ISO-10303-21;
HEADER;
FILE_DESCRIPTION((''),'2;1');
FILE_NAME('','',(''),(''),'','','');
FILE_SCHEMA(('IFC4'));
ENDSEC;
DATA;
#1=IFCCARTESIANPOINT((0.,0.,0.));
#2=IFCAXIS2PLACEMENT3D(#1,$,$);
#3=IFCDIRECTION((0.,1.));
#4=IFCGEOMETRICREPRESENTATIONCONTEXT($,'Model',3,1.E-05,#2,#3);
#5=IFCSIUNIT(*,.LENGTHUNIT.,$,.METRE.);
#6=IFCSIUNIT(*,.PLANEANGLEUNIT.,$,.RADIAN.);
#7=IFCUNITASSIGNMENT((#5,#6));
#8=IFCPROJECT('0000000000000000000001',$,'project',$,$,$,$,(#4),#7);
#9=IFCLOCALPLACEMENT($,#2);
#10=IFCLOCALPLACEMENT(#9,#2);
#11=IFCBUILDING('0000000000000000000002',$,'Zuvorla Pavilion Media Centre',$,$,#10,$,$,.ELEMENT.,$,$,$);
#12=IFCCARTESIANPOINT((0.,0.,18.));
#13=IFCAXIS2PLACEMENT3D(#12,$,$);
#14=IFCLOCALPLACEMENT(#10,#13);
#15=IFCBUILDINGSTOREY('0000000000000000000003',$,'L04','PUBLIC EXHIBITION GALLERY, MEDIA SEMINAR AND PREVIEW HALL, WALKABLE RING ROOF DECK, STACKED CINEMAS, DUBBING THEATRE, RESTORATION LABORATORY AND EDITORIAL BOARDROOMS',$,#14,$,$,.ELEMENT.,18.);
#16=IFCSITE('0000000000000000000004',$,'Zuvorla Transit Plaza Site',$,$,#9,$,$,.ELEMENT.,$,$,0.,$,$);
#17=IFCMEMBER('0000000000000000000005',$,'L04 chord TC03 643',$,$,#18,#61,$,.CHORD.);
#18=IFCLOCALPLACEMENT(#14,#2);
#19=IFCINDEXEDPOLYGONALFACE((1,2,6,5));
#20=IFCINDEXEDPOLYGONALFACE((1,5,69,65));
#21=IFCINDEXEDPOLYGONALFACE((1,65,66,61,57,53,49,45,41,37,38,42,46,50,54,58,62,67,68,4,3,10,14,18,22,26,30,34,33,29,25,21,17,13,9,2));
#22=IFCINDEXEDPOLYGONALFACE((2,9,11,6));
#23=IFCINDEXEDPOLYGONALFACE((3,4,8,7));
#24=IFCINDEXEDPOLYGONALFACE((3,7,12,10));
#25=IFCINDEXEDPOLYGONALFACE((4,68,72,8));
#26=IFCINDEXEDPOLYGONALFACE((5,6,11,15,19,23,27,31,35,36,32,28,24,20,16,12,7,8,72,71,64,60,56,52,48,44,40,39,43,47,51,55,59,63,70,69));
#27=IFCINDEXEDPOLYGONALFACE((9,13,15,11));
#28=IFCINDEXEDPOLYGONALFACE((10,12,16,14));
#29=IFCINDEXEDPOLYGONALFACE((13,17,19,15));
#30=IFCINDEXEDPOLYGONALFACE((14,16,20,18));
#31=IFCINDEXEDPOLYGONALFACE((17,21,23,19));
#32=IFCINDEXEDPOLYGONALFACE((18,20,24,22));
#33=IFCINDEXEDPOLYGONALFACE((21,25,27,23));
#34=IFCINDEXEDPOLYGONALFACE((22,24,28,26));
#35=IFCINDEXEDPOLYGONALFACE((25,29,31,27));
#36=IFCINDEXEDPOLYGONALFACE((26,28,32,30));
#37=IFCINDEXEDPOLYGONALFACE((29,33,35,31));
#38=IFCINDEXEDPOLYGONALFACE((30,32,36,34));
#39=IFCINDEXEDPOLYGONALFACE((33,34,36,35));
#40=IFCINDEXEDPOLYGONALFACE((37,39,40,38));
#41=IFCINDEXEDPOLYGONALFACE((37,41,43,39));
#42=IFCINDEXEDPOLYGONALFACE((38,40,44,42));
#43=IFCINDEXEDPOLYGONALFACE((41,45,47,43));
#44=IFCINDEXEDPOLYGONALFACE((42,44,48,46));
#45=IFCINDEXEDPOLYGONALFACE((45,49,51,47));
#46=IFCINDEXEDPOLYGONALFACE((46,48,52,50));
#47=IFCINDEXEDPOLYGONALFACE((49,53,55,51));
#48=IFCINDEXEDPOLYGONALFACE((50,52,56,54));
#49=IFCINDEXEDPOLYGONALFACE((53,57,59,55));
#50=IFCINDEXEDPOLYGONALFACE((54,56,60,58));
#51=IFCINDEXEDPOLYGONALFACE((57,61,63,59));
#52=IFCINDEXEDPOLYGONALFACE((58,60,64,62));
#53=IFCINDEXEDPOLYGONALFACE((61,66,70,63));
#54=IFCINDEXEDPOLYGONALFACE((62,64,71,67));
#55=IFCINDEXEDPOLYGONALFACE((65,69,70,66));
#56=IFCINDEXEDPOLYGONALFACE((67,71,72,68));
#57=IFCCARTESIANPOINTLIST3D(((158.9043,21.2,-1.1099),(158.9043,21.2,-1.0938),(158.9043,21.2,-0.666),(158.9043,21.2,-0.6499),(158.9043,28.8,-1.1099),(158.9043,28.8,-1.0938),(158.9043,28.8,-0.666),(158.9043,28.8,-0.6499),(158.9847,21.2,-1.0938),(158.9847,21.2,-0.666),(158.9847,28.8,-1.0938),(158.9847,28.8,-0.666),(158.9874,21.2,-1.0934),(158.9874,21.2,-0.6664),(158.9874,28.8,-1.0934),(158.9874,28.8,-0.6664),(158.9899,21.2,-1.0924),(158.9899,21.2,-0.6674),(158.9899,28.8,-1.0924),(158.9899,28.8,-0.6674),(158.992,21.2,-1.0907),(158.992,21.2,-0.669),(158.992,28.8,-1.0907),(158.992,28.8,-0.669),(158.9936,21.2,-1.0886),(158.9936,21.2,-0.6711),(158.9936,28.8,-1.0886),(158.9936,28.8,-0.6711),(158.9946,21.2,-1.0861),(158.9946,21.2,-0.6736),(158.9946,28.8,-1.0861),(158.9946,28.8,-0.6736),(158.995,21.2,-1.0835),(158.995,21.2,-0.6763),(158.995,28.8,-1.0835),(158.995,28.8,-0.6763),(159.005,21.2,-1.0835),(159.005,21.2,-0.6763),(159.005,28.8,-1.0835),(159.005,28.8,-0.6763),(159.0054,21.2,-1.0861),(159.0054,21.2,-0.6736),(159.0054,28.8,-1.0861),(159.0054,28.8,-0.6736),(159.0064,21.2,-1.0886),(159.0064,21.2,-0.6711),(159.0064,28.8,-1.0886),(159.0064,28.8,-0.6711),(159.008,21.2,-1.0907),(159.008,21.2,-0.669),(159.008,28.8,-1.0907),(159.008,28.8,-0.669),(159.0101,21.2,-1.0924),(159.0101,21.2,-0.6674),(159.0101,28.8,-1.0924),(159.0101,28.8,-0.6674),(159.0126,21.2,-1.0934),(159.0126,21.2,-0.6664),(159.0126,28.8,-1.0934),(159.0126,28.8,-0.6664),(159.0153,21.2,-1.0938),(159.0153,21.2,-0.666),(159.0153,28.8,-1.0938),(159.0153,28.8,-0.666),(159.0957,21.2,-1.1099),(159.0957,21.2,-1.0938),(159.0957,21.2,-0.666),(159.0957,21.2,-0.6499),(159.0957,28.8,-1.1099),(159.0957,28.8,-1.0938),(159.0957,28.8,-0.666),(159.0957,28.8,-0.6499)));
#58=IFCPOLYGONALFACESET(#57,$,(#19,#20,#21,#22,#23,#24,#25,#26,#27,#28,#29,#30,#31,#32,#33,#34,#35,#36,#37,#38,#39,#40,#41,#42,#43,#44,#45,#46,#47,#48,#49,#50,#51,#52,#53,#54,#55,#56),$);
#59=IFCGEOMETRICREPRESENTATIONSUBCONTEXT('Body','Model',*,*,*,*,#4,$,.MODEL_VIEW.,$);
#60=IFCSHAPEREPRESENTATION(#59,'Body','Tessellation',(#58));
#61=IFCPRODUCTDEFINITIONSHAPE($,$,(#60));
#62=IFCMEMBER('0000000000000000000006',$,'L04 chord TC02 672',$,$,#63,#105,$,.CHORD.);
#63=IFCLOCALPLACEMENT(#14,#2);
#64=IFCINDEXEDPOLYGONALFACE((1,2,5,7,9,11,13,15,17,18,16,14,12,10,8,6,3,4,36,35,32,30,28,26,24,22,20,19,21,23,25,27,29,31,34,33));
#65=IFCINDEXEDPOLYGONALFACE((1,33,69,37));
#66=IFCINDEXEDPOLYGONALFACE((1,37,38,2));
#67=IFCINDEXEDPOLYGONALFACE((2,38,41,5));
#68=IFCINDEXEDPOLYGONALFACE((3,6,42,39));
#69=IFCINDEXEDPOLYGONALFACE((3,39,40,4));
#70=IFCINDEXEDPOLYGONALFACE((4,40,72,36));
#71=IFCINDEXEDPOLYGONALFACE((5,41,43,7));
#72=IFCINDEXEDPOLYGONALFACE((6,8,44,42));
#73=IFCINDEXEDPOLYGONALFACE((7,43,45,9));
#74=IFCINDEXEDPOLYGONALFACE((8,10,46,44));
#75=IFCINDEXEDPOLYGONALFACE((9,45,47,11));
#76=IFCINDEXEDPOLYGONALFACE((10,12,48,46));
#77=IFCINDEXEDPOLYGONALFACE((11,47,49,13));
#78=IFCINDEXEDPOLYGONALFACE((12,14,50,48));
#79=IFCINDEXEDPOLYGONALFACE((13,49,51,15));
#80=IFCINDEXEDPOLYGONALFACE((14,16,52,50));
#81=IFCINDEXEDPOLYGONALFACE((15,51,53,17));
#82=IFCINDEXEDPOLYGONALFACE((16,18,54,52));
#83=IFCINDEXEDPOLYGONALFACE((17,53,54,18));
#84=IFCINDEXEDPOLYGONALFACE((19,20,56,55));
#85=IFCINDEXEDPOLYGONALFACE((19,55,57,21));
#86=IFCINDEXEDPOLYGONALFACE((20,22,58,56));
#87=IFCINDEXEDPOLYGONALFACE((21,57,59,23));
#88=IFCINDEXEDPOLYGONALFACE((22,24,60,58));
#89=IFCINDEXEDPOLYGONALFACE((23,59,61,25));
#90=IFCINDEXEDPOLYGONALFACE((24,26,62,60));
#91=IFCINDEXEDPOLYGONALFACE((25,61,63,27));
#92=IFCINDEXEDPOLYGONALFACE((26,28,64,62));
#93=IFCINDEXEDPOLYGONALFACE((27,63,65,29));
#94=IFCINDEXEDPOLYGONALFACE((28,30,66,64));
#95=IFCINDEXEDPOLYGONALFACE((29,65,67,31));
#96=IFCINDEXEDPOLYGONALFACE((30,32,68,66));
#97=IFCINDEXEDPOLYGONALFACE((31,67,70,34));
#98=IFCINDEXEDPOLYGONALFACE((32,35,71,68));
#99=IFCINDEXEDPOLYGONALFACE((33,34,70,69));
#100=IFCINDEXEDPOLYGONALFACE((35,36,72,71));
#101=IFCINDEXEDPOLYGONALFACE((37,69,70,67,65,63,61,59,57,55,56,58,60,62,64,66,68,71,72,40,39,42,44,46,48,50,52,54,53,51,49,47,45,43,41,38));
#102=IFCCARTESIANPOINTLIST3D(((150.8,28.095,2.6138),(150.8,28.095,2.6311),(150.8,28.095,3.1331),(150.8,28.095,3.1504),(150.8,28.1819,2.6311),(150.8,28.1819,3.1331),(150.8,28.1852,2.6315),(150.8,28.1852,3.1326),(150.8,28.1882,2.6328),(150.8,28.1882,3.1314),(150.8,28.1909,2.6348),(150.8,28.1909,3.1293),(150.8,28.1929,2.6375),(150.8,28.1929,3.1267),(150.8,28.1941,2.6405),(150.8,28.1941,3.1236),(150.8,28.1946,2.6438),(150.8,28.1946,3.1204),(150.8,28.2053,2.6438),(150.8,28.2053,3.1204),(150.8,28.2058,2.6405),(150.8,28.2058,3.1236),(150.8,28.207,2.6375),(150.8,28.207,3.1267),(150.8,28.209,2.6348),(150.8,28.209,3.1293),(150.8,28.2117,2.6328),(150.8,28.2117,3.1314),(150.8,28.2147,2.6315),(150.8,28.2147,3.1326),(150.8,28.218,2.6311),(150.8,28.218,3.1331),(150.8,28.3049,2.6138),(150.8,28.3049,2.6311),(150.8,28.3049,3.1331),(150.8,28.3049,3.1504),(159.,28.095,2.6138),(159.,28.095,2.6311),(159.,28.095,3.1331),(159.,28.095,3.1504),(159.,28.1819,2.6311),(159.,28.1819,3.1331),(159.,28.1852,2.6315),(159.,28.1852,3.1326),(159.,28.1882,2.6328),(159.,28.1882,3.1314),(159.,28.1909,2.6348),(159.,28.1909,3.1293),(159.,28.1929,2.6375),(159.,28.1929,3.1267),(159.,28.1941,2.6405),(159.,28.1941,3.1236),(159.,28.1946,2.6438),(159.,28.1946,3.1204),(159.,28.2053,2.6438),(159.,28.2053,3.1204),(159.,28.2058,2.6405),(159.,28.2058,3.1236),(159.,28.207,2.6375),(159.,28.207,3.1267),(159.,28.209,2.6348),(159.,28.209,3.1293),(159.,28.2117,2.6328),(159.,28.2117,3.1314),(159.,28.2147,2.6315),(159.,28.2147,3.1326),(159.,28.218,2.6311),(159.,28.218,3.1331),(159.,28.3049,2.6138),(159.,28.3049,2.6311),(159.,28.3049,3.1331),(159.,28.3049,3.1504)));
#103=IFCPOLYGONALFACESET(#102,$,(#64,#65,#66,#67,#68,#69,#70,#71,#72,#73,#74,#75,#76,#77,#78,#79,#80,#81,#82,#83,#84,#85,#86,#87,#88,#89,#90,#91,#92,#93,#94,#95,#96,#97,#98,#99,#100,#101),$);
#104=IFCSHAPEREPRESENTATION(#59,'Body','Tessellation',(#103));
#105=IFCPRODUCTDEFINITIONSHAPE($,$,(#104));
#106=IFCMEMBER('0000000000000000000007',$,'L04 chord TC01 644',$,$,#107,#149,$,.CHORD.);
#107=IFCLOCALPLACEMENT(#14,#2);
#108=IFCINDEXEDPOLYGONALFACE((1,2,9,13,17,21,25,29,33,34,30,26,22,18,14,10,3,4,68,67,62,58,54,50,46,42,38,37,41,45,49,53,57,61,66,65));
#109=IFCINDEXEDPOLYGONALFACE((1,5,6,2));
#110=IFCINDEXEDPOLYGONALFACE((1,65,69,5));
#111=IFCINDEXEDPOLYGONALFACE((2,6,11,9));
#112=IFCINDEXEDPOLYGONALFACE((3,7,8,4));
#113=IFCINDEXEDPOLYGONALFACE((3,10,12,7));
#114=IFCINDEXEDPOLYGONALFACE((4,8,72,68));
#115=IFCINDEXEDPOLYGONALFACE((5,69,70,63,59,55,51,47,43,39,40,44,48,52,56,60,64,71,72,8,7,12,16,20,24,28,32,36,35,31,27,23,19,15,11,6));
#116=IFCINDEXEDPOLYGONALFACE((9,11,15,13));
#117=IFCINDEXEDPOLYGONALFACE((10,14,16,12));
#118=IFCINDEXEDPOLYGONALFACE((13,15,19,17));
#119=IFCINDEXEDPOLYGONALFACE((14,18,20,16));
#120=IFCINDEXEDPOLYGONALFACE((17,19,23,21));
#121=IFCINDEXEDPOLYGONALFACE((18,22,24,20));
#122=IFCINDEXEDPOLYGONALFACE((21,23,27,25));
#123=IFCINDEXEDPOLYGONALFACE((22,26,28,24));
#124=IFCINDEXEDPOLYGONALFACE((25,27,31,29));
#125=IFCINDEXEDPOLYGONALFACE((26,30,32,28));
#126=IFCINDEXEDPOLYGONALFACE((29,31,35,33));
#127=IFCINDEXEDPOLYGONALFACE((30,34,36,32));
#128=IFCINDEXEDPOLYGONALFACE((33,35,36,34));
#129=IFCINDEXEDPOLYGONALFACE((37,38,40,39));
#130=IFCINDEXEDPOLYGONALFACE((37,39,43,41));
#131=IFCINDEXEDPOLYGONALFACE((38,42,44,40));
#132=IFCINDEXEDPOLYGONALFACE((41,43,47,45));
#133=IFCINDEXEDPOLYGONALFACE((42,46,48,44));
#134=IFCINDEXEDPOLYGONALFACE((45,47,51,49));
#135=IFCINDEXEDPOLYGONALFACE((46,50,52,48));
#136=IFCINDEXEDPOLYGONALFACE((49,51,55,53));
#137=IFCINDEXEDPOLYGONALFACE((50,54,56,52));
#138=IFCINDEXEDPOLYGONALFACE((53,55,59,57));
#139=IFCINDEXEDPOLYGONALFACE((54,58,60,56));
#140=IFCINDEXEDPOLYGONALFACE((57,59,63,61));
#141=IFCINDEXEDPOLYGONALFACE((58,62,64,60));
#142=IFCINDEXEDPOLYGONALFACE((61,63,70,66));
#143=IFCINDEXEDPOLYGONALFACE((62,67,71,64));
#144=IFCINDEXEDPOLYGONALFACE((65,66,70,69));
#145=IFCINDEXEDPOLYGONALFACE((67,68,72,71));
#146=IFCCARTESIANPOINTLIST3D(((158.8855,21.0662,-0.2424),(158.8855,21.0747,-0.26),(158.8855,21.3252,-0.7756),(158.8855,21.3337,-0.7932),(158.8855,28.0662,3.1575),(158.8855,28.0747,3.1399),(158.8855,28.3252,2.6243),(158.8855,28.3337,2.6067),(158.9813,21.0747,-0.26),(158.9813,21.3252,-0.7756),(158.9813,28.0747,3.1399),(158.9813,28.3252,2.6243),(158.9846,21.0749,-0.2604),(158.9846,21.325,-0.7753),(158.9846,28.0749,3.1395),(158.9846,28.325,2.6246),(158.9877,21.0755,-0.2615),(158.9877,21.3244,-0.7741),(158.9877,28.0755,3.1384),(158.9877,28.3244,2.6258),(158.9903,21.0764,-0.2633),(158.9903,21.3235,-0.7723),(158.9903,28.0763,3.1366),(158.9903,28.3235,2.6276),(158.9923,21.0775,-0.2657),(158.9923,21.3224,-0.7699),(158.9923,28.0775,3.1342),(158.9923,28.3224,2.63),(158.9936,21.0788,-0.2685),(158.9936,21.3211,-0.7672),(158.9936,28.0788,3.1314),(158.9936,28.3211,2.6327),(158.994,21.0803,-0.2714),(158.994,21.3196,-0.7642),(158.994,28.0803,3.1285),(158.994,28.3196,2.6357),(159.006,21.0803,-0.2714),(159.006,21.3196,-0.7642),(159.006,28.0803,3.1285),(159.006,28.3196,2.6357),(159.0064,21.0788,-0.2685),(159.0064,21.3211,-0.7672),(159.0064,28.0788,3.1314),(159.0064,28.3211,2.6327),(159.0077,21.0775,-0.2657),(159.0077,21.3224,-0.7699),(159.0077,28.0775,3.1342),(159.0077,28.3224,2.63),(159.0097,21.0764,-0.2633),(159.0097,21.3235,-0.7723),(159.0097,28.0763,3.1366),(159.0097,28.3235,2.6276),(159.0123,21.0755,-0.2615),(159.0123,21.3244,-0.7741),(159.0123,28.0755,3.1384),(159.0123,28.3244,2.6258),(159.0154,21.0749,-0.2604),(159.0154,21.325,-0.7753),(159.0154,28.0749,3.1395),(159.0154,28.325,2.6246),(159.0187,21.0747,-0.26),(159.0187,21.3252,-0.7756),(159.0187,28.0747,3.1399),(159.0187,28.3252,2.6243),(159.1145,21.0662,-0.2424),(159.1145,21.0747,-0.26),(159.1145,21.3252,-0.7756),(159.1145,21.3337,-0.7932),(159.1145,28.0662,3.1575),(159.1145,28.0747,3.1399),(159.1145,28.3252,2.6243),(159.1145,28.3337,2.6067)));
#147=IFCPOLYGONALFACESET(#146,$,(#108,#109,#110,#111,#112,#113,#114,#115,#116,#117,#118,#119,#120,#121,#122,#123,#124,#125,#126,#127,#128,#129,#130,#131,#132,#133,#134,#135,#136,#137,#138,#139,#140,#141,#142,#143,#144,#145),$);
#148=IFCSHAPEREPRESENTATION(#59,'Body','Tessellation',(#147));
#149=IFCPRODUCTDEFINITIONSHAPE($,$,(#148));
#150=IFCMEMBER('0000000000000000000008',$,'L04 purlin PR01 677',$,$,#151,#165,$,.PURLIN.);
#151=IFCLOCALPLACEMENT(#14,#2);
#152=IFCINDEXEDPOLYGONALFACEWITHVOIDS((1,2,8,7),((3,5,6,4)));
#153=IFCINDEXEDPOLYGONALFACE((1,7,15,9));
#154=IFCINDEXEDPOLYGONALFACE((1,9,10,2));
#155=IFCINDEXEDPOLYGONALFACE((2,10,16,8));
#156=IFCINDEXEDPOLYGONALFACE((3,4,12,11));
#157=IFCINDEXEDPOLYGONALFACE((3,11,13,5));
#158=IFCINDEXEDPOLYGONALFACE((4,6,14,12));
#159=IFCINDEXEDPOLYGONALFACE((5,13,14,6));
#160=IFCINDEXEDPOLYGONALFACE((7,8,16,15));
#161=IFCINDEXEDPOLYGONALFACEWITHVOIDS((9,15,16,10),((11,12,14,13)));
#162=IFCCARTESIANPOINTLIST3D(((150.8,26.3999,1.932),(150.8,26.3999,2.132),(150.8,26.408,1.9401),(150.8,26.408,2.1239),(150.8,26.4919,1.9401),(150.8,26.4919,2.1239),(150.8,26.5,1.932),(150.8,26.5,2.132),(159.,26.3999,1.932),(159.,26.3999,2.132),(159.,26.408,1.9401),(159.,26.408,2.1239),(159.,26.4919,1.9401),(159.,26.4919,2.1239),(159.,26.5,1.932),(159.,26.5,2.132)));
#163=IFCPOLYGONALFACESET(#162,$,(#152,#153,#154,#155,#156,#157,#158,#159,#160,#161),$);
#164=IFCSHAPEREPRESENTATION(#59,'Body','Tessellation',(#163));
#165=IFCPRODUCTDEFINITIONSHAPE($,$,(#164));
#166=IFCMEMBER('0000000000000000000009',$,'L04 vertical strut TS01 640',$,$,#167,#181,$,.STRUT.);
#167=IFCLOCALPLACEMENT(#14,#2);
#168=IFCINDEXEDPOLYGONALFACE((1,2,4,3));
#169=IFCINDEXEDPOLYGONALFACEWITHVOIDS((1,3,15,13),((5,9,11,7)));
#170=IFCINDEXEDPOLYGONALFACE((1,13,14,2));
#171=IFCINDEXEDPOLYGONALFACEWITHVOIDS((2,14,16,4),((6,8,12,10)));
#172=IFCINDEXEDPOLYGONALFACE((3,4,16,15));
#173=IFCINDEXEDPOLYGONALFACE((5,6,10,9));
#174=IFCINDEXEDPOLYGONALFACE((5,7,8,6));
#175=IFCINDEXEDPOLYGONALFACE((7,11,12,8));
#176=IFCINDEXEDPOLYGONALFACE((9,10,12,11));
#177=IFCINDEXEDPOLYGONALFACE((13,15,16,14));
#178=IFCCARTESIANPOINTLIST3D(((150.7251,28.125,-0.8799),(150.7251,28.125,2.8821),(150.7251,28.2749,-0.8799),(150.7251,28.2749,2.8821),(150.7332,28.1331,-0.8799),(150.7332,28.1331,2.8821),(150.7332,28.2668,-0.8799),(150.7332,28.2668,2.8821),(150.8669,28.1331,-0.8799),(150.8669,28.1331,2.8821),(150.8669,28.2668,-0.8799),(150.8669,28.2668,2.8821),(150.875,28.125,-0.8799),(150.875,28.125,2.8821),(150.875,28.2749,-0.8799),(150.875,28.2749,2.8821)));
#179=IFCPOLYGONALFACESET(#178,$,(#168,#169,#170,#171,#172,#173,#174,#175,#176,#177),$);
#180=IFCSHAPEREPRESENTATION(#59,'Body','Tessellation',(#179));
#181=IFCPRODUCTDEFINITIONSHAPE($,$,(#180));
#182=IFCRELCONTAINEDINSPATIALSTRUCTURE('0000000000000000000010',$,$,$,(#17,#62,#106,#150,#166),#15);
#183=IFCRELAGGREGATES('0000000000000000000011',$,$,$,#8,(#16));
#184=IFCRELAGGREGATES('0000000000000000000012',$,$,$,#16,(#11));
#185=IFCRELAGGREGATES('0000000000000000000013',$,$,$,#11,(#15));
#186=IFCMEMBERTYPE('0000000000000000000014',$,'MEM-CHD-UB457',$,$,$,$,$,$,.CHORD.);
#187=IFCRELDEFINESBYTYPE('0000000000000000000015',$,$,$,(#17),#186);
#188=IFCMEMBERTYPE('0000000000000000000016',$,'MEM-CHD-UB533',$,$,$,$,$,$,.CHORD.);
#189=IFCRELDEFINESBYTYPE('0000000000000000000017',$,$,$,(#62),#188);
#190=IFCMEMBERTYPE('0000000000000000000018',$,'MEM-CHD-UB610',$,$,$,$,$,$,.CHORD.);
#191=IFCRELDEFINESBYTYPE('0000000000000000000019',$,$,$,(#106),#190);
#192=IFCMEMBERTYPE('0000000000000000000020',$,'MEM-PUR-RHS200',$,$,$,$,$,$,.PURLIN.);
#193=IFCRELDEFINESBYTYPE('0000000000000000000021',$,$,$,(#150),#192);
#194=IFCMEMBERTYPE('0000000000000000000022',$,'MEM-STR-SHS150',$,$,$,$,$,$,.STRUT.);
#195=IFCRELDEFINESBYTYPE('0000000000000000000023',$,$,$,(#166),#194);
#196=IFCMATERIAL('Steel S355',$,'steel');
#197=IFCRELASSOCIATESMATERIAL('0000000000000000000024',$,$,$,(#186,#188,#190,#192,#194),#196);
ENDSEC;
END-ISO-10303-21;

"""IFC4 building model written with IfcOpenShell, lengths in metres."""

from ifc_helpers import new_model, si_unit, direction, frame, origin, origin_2d, place, context, subcontext, project, spatial, hollow_rectangle, i_section, extrude, material, material_profile, profile_set, type_object, element, save


model = new_model("IFC4")

# Units and contexts
model_context = context("Model", 3, precision=1e-05, world=origin(), true_north=direction((0.0, 1.0)))
body_context = subcontext(model_context, "Body", "Model", "MODEL_VIEW")
ifc_project = project(units=[si_unit("LENGTHUNIT", "METRE"), si_unit("PLANEANGLEUNIT", "RADIAN")], contexts=[model_context])

# Site, building, storey
site_placement = place(None, origin())
site = spatial("IfcSite", under=ifc_project, at=site_placement, Name="Zuvorla Transit Plaza Site", CompositionType="ELEMENT", RefElevation=0.0)
building_placement = place(site_placement, origin())
building = spatial("IfcBuilding", under=site, at=building_placement, Name="Zuvorla Pavilion Media Centre", CompositionType="ELEMENT")
storey_placement = place(building_placement, frame((0.0, 0.0, 18.0)))
storey = spatial("IfcBuildingStorey", under=building, at=storey_placement, Name="L04", Description="PUBLIC EXHIBITION GALLERY, MEDIA SEMINAR AND PREVIEW HALL, WALKABLE RING ROOF DECK, STACKED CINEMAS, DUBBING THEATRE, RESTORATION LABORATORY AND EDITORIAL BOARDROOMS", CompositionType="ELEMENT", Elevation=18.0)

# Members
ifc_material_1 = material(Name="Steel S355", Category="steel")
ifc_material_profile_1 = material_profile(ifc_material_1, i_section(OverallWidth=0.1914, OverallDepth=0.46, WebThickness=0.01, FlangeThickness=0.0161, FilletRadius=0.0103, at=origin_2d()), Name="UB 457x191x82")
ifc_profile_set_1 = profile_set([ifc_material_profile_1], Name="Steel S355")
member_type_1 = type_object("IfcMemberType", Name="MEM-CHD-UB457", PredefinedType="CHORD", material=ifc_profile_set_1)
member_1_placement = place(storey_placement, frame((159.0, 21.2, -0.8799), z_axis=(0.0, 1.0, 0.0), x_axis=(-1.0, 0.0, 0.0)))
element("IfcMember", 1, at=member_1_placement, inside=storey, type_object=member_type_1, Name="L04 chord TC03 643", PredefinedType="CHORD", context=body_context, shape_type="SweptSolid", body=[
    extrude(i_section(OverallWidth=0.1914, OverallDepth=0.46, WebThickness=0.01, FlangeThickness=0.0161, FilletRadius=0.0103, at=origin_2d()), origin(), (0.0, 0.0, 1.0), 7.6001),
])
ifc_material_profile_2 = material_profile(ifc_material_1, i_section(OverallWidth=0.21, OverallDepth=0.5366, WebThickness=0.0107, FlangeThickness=0.0173, FilletRadius=0.0127, at=origin_2d()), Name="UB 533x210x101")
ifc_profile_set_2 = profile_set([ifc_material_profile_2], Name="Steel S355")
member_type_2 = type_object("IfcMemberType", Name="MEM-CHD-UB533", PredefinedType="CHORD", material=ifc_profile_set_2)
member_2_placement = place(storey_placement, frame((150.8, 28.2, 2.8821), z_axis=(1.0, 0.0, 0.0), x_axis=(0.0, 1.0, 0.0)))
element("IfcMember", 2, at=member_2_placement, inside=storey, type_object=member_type_2, Name="L04 chord TC02 672", PredefinedType="CHORD", context=body_context, shape_type="SweptSolid", body=[
    extrude(i_section(OverallWidth=0.21, OverallDepth=0.5366, WebThickness=0.0107, FlangeThickness=0.0173, FilletRadius=0.0127, at=origin_2d()), origin(), (0.0, 0.0, 1.0), 8.2),
])
ifc_material_profile_3 = material_profile(ifc_material_1, i_section(OverallWidth=0.229, OverallDepth=0.6123, WebThickness=0.012, FlangeThickness=0.0195, FilletRadius=0.0127, at=origin_2d()), Name="UB 610x229x125")
ifc_profile_set_3 = profile_set([ifc_material_profile_3], Name="Steel S355")
member_type_3 = type_object("IfcMemberType", Name="MEM-CHD-UB610", PredefinedType="CHORD", material=ifc_profile_set_3)
member_3_placement = place(storey_placement, frame((159.0, 21.2, -0.5178), z_axis=(0.0, 0.899513, 0.436894), x_axis=(-1.0, 0.0, 0.0)))
element("IfcMember", 3, at=member_3_placement, inside=storey, type_object=member_type_3, Name="L04 chord TC01 644", PredefinedType="CHORD", context=body_context, shape_type="SweptSolid", body=[
    extrude(i_section(OverallWidth=0.229, OverallDepth=0.6123, WebThickness=0.012, FlangeThickness=0.0195, FilletRadius=0.0127, at=origin_2d()), origin(), (0.0, 0.0, 1.0), 7.782),
])
ifc_material_profile_4 = material_profile(ifc_material_1, hollow_rectangle(XDim=0.1001, YDim=0.2, WallThickness=0.0081, at=origin_2d()), Name="RHS 200x100x8")
ifc_profile_set_4 = profile_set([ifc_material_profile_4], Name="Steel S355")
member_type_4 = type_object("IfcMemberType", Name="MEM-PUR-RHS200", PredefinedType="PURLIN", material=ifc_profile_set_4)
member_4_placement = place(storey_placement, frame((150.8, 26.45, 2.032), z_axis=(1.0, 0.0, 0.0), x_axis=(0.0, 1.0, 0.0)))
element("IfcMember", 4, at=member_4_placement, inside=storey, type_object=member_type_4, Name="L04 purlin PR01 677", PredefinedType="PURLIN", context=body_context, shape_type="SweptSolid", body=[
    extrude(hollow_rectangle(XDim=0.1001, YDim=0.2, WallThickness=0.0081, at=origin_2d()), origin(), (0.0, 0.0, 1.0), 8.2),
])
ifc_material_profile_5 = material_profile(ifc_material_1, hollow_rectangle(XDim=0.1499, YDim=0.1499, WallThickness=0.0081, at=origin_2d()), Name="SHS 150x150x8")
ifc_profile_set_5 = profile_set([ifc_material_profile_5], Name="Steel S355")
member_type_5 = type_object("IfcMemberType", Name="MEM-STR-SHS150", PredefinedType="STRUT", material=ifc_profile_set_5)
for number, where, z_axis, x_axis, name in (
    (5, (150.8, 28.2, -0.8799), (0.0, 0.0, 1.0), (1.0, 0.0, 0.0), "L04 vertical strut TS01 640"),
):
    element("IfcMember", number, at=place(storey_placement, frame(where, z_axis=z_axis, x_axis=x_axis)), inside=storey, type_object=member_type_5, Name=name, PredefinedType="STRUT", context=body_context, shape_type="SweptSolid", body=[
        extrude(hollow_rectangle(XDim=0.1499, YDim=0.1499, WallThickness=0.0081, at=origin_2d()), origin(), (0.0, 0.0, 1.0), 3.762),
    ])

save(model, "model.ifc")
